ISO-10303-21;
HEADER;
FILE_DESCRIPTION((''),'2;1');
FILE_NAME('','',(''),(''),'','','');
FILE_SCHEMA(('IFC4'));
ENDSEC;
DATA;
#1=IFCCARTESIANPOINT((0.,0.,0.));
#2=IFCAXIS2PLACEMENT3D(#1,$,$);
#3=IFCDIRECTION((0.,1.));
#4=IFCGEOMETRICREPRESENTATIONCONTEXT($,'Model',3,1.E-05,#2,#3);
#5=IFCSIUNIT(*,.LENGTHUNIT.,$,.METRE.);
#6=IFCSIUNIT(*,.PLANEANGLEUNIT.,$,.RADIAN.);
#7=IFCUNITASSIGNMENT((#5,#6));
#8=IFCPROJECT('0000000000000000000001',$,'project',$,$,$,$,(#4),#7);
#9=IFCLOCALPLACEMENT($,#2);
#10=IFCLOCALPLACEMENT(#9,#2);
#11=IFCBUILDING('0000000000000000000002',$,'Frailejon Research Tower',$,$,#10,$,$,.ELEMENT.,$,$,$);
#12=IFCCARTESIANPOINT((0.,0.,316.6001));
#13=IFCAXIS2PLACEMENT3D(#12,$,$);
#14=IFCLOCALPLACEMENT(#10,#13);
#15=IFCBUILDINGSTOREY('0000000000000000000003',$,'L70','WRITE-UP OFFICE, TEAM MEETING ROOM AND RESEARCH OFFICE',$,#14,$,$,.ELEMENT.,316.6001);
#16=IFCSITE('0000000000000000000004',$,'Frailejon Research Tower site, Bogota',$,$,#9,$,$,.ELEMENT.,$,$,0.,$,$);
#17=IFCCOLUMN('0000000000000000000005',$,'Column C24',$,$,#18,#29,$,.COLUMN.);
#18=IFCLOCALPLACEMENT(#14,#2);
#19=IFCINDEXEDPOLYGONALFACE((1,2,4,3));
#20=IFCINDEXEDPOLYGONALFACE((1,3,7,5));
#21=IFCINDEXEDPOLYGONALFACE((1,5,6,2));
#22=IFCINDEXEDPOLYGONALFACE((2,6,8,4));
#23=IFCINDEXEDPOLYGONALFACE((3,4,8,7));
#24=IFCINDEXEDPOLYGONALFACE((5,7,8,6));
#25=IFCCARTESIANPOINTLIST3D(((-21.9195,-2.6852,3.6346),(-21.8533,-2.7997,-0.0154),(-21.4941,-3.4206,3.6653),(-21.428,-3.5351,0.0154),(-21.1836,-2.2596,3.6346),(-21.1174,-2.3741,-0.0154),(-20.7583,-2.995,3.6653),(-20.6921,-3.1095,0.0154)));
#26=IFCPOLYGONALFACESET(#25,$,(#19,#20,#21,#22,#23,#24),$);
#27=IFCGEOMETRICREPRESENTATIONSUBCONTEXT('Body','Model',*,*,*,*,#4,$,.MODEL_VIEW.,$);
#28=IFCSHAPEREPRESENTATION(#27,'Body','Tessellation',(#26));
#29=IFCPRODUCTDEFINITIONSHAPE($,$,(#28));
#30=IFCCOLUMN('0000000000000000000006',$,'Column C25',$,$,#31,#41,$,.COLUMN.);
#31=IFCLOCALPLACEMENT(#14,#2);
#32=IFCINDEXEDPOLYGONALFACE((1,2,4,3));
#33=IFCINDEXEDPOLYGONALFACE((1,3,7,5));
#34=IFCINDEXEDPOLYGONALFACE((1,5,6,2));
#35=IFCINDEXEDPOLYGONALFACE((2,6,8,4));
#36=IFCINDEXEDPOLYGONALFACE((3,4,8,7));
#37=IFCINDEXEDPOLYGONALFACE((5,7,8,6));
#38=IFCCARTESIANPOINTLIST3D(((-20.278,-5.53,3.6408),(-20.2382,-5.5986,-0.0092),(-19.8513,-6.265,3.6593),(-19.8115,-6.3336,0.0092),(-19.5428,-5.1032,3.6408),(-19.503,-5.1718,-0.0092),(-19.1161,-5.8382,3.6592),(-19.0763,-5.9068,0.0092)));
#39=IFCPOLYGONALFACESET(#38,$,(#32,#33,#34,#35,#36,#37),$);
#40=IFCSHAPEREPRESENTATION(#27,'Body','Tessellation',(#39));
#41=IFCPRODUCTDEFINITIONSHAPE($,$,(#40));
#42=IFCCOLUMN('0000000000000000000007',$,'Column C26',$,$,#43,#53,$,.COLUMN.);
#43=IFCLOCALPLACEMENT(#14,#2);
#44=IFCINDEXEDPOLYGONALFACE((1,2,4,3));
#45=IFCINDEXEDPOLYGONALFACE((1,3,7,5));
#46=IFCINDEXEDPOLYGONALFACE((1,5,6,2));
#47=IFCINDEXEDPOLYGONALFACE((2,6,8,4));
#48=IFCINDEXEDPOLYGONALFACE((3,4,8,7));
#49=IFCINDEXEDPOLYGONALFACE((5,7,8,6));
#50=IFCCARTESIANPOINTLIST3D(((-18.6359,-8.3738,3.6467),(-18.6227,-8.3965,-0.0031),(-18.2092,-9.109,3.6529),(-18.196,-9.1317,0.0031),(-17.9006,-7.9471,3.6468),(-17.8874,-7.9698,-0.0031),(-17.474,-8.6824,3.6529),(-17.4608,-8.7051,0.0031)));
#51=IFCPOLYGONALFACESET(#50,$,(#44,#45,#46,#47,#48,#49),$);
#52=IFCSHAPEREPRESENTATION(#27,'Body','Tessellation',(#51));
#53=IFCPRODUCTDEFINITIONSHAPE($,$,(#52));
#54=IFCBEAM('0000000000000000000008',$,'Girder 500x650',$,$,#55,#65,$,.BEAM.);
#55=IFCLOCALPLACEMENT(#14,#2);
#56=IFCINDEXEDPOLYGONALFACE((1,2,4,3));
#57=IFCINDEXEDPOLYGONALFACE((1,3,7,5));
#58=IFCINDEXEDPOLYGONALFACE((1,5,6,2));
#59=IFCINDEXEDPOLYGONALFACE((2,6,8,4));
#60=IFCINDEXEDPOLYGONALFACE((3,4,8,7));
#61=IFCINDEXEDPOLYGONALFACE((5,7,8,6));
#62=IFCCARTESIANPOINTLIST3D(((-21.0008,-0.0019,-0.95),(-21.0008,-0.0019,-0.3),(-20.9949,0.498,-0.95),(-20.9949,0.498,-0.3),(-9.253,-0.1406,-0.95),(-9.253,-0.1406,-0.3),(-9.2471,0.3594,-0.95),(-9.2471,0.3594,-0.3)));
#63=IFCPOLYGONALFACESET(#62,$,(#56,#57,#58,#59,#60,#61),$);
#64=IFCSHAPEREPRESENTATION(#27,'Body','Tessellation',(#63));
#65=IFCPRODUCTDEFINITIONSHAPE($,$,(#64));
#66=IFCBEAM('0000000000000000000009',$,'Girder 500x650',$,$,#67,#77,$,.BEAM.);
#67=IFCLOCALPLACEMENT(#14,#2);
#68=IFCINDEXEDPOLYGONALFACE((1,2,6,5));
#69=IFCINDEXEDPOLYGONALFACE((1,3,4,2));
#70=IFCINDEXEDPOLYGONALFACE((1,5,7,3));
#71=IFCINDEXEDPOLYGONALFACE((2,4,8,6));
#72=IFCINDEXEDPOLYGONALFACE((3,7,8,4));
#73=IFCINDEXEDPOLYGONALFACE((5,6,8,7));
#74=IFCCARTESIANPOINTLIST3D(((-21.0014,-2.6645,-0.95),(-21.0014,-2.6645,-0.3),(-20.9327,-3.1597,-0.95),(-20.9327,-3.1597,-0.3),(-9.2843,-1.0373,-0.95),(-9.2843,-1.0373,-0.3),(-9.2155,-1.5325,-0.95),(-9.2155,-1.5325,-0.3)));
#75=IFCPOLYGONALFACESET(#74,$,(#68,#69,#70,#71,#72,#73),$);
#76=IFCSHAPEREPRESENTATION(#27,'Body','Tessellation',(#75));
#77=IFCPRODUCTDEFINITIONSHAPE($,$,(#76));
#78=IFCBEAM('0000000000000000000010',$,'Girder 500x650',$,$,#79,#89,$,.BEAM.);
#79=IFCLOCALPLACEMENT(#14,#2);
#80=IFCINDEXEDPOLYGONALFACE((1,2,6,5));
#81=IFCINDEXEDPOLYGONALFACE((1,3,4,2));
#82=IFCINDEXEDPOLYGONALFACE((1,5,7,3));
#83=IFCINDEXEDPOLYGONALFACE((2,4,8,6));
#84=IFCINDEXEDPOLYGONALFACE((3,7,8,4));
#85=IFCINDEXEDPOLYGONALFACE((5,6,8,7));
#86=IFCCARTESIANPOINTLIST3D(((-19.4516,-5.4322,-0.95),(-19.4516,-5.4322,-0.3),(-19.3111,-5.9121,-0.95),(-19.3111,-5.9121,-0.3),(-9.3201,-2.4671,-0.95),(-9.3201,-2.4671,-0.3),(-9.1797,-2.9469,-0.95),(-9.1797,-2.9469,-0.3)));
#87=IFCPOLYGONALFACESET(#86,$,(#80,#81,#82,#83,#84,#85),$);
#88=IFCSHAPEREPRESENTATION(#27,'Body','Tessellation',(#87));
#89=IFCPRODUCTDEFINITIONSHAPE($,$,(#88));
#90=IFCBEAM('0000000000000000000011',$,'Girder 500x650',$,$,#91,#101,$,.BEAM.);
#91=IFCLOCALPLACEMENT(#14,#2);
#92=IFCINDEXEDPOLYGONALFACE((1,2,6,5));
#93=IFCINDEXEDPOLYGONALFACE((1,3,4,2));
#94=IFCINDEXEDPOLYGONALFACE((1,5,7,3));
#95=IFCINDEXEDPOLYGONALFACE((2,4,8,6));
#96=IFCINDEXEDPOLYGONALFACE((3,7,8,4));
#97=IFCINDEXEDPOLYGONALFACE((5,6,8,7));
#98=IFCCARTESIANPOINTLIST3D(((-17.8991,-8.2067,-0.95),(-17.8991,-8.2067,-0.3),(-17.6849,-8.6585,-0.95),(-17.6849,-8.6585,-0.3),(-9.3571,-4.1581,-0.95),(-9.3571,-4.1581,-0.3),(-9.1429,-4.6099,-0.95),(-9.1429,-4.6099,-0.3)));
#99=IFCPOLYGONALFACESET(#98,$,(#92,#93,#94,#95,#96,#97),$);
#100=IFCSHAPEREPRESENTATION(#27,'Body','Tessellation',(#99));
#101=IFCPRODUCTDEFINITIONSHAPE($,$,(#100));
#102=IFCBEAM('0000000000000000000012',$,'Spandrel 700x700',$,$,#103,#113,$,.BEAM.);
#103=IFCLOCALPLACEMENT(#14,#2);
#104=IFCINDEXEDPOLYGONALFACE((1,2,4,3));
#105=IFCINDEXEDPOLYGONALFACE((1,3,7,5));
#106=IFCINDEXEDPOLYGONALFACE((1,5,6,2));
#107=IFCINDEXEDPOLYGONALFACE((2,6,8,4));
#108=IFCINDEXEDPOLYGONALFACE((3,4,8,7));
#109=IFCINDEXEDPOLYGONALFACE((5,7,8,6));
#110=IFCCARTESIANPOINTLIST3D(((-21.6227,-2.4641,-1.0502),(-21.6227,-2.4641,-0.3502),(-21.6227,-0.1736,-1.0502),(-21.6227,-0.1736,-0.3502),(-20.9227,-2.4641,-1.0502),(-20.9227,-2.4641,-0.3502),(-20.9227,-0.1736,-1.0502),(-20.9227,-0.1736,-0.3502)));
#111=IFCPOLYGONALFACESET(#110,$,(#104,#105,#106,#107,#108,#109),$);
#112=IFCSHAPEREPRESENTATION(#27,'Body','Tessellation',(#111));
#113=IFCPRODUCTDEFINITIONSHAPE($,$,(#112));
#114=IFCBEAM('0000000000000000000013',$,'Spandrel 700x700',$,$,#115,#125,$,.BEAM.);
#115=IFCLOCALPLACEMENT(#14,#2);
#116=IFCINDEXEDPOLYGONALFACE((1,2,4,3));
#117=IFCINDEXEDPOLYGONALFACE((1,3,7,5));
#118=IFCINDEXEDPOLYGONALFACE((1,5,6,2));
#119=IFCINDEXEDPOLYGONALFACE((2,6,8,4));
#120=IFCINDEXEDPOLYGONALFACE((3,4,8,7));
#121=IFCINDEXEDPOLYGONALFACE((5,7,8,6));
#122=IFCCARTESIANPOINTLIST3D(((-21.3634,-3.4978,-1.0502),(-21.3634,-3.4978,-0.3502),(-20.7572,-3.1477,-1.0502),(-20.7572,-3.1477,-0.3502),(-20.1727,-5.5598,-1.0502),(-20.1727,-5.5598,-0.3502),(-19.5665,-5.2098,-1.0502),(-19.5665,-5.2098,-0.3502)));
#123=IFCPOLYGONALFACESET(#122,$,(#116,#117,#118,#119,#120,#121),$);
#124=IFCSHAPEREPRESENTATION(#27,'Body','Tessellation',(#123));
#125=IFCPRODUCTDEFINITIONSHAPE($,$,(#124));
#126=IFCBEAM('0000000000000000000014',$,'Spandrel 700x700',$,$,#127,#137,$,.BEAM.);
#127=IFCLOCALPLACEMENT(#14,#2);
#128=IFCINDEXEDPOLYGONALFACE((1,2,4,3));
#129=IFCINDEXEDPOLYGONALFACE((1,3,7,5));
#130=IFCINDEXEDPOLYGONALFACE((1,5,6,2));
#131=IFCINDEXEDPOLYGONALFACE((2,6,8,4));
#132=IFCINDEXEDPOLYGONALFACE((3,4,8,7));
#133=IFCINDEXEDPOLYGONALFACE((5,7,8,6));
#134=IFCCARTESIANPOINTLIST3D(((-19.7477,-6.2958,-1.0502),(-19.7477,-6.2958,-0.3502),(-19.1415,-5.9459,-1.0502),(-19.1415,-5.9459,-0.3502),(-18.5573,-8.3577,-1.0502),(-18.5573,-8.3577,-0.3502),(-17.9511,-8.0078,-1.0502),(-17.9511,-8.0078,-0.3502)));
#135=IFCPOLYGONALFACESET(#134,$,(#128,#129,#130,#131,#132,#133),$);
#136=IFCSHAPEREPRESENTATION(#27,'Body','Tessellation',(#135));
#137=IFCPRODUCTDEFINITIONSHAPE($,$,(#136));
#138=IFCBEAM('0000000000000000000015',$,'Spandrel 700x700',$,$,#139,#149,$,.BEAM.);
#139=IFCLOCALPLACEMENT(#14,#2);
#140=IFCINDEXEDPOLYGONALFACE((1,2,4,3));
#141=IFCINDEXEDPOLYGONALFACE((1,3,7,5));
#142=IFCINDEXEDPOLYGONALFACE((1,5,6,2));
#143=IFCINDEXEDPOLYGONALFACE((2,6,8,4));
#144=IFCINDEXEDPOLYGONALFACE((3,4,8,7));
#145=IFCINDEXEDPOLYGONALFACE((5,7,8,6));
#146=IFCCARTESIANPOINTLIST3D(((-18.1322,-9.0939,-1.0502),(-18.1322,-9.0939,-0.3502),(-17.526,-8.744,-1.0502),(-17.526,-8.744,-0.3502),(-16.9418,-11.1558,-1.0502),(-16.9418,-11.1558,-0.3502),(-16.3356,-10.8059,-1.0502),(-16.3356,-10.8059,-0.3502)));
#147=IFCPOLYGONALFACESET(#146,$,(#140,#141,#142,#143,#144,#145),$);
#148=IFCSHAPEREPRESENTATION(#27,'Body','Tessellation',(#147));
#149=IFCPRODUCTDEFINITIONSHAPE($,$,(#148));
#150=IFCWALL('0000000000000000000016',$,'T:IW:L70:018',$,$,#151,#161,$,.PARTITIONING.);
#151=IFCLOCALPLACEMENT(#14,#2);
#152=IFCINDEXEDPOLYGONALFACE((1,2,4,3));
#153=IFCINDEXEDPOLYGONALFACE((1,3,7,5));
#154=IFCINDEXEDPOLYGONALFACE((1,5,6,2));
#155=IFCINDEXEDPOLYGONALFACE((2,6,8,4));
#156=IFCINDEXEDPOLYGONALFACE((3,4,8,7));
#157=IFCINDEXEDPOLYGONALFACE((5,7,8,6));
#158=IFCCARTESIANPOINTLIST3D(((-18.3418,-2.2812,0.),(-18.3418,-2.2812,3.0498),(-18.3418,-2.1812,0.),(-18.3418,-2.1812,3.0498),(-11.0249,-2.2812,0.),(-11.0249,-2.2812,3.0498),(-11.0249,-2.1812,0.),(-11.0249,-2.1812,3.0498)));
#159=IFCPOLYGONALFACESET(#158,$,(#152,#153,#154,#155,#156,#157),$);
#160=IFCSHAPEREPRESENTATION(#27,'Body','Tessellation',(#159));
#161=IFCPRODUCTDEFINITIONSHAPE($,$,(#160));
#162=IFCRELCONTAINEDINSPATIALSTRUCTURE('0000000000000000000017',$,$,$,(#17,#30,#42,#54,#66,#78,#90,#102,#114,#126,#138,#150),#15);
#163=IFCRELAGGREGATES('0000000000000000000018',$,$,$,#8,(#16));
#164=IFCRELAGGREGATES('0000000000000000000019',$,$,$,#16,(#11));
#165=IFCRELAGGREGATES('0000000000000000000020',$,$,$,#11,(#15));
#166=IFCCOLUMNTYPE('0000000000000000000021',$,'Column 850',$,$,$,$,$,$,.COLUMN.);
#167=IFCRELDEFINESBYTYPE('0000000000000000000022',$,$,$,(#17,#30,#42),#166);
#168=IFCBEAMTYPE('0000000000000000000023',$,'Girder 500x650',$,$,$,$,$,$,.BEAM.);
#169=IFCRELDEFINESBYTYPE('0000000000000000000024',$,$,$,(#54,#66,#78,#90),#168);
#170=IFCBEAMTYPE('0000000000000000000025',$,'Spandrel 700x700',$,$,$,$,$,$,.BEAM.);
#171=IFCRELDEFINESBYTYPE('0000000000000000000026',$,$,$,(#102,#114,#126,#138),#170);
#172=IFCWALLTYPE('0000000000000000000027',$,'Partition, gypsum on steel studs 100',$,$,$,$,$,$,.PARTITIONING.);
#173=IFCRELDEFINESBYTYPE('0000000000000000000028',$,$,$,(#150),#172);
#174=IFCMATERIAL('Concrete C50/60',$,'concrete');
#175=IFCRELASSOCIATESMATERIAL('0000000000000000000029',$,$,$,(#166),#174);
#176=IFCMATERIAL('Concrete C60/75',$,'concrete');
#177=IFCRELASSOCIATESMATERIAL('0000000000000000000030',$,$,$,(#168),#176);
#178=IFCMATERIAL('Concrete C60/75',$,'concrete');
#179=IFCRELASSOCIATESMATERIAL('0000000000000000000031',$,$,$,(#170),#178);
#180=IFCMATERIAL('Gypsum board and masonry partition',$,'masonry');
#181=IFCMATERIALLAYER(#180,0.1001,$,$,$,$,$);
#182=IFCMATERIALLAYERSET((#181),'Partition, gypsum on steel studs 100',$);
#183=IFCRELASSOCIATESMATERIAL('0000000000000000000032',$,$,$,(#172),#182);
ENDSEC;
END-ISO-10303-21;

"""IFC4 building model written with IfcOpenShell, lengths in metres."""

from ifc_helpers import new_model, si_unit, direction, frame, frame_2d, origin, origin_2d, place, context, subcontext, project, spatial, rectangle, extrude, material, layer, layer_set, material_profile, profile_set, type_object, element, save


model = new_model("IFC4")

# Units and contexts
model_context = context("Model", 3, precision=1e-05, world=origin(), true_north=direction((0.0, 1.0)))
body_context = subcontext(model_context, "Body", "Model", "MODEL_VIEW")
ifc_project = project(units=[si_unit("LENGTHUNIT", "METRE"), si_unit("PLANEANGLEUNIT", "RADIAN")], contexts=[model_context])

# Site, building, storey
site_placement = place(None, origin())
site = spatial("IfcSite", under=ifc_project, at=site_placement, Name="Frailejon Research Tower site, Bogota", CompositionType="ELEMENT", RefElevation=0.0)
building_placement = place(site_placement, origin())
building = spatial("IfcBuilding", under=site, at=building_placement, Name="Frailejon Research Tower", CompositionType="ELEMENT")
storey_placement = place(building_placement, frame((0.0, 0.0, 316.6001)))
storey = spatial("IfcBuildingStorey", under=building, at=storey_placement, Name="L70", Description="WRITE-UP OFFICE, TEAM MEETING ROOM AND RESEARCH OFFICE", CompositionType="ELEMENT", Elevation=316.6001)

# Columns
ifc_material_1 = material(Name="Concrete C50/60", Category="concrete")
ifc_material_profile_1 = material_profile(ifc_material_1, rectangle(XDim=0.8501, YDim=0.8501, at=origin_2d()), Name="Column 850")
ifc_profile_set_1 = profile_set([ifc_material_profile_1], Name="Concrete C50/60")
column_type = type_object("IfcColumnType", Name="Column 850", PredefinedType="COLUMN", material=ifc_profile_set_1)
column_1_placement = place(storey_placement, frame((-21.2727, -2.9546, 0.0), z_axis=(-0.018115, 0.031351, 0.999344), x_axis=(0.500358, -0.865061, 0.036208)))
element("IfcColumn", 1, at=column_1_placement, inside=storey, type_object=column_type, Name="Column C24", PredefinedType="COLUMN", context=body_context, shape_type="SweptSolid", body=[
    extrude(rectangle(XDim=0.8501, YDim=0.8501, at=origin_2d()), origin(), (0.0, 0.0, 1.0), 3.6523),
])
column_2_placement = place(storey_placement, frame((-19.6572, -5.7527, 0.0), z_axis=(-0.0109, 0.018792, 0.999764), x_axis=(0.501924, -0.864639, 0.021724)))
element("IfcColumn", 2, at=column_2_placement, inside=storey, type_object=column_type, Name="Column C25", PredefinedType="COLUMN", context=body_context, shape_type="SweptSolid", body=[
    extrude(rectangle(XDim=0.8501, YDim=0.8501, at=origin_2d()), origin(), (0.0, 0.0, 1.0), 3.6509),
])
column_3_placement = place(storey_placement, frame((-18.0417, -8.5508, 0.0), z_axis=(-0.003612, 0.006221, 0.999974), x_axis=(0.501902, -0.864894, 0.007193)))
element("IfcColumn", 3, at=column_3_placement, inside=storey, type_object=column_type, Name="Column C26", PredefinedType="COLUMN", context=body_context, shape_type="SweptSolid", body=[
    extrude(rectangle(XDim=0.8501, YDim=0.8501, at=origin_2d()), origin(), (0.0, 0.0, 1.0), 3.6499),
])

# Beams
ifc_material_2 = material(Name="Concrete C60/75", Category="concrete")
ifc_material_profile_2 = material_profile(ifc_material_2, rectangle(XDim=0.5, YDim=0.6499, at=origin_2d()), Name="Girder 500x650")
ifc_profile_set_2 = profile_set([ifc_material_profile_2], Name="Concrete C60/75")
beam_type_1 = type_object("IfcBeamType", Name="Girder 500x650", PredefinedType="BEAM", material=ifc_profile_set_2)
beam_1_placement = place(storey_placement, frame((-20.9978, 0.248, -0.625), z_axis=(0.99993, -0.011803, 0.0), x_axis=(0.011803, 0.99993, 0.0)))
element("IfcBeam", 4, at=beam_1_placement, inside=storey, type_object=beam_type_1, Name="Girder 500x650", PredefinedType="BEAM", context=body_context, shape_type="SweptSolid", body=[
    extrude(rectangle(XDim=0.5, YDim=0.6499, at=origin_2d()), origin(), (0.0, 0.0, 1.0), 11.7485),
])
beam_2_placement = place(storey_placement, frame((-20.967, -2.9121, -0.625), z_axis=(0.990494, 0.137554, 0.0), x_axis=(-0.137554, 0.990494, 0.0)))
element("IfcBeam", 5, at=beam_2_placement, inside=storey, type_object=beam_type_1, Name="Girder 500x650", PredefinedType="BEAM", context=body_context, shape_type="SweptSolid", body=[
    extrude(rectangle(XDim=0.5, YDim=0.6499, at=origin_2d()), origin(), (0.0, 0.0, 1.0), 11.8296),
])
beam_3_placement = place(storey_placement, frame((-19.3813, -5.6721, -0.625), z_axis=(0.959742, 0.280883, 0.0), x_axis=(-0.280883, 0.959742, 0.0)))
element("IfcBeam", 6, at=beam_3_placement, inside=storey, type_object=beam_type_1, Name="Girder 500x650", PredefinedType="BEAM", context=body_context, shape_type="SweptSolid", body=[
    extrude(rectangle(XDim=0.5, YDim=0.6499, at=origin_2d()), origin(), (0.0, 0.0, 1.0), 10.5564),
])
beam_4_placement = place(storey_placement, frame((-17.792, -8.4326, -0.625), z_axis=(0.903641, 0.428292, 0.0), x_axis=(-0.428292, 0.903641, 0.0)))
element("IfcBeam", 7, at=beam_4_placement, inside=storey, type_object=beam_type_1, Name="Girder 500x650", PredefinedType="BEAM", context=body_context, shape_type="SweptSolid", body=[
    extrude(rectangle(XDim=0.5, YDim=0.6499, at=origin_2d()), origin(), (0.0, 0.0, 1.0), 9.4529),
])
ifc_material_3 = material(Name="Concrete C60/75", Category="concrete")
ifc_material_profile_3 = material_profile(ifc_material_3, rectangle(XDim=0.7, YDim=0.7, at=origin_2d()), Name="Spandrel 700x700")
ifc_profile_set_3 = profile_set([ifc_material_profile_3], Name="Concrete C60/75")
beam_type_2 = type_object("IfcBeamType", Name="Spandrel 700x700", PredefinedType="BEAM", material=ifc_profile_set_3)
beam_5_placement = place(storey_placement, frame((-21.2727, -0.1736, -0.7002), z_axis=(0.0, -1.0, 0.0), x_axis=(1.0, 0.0, 0.0)))
element("IfcBeam", 8, at=beam_5_placement, inside=storey, type_object=beam_type_2, Name="Spandrel 700x700", PredefinedType="BEAM", context=body_context, shape_type="SweptSolid", body=[
    extrude(rectangle(XDim=0.7, YDim=0.7, at=origin_2d()), origin(), (0.0, 0.0, 1.0), 2.2905),
])
beam_6_placement = place(storey_placement, frame((-21.0603, -3.3228, -0.7002), z_axis=(0.500054, -0.865994, 0.0), x_axis=(0.865994, 0.500054, 0.0)))
element("IfcBeam", 9, at=beam_6_placement, inside=storey, type_object=beam_type_2, Name="Spandrel 700x700", PredefinedType="BEAM", context=body_context, shape_type="SweptSolid", body=[
    extrude(rectangle(XDim=0.7, YDim=0.7, at=origin_2d()), origin(), (0.0, 0.0, 1.0), 2.3811),
])
for number, where, z_axis, x_axis, name in (
    (10, (-19.4446, -6.1208, -0.7002), (0.499977, -0.866039, 0.0), (0.866039, 0.499977, 0.0), "Spandrel 700x700"),
    (11, (-17.8291, -8.9189, -0.7002), (0.499977, -0.866039, 0.0), (0.866039, 0.499977, 0.0), "Spandrel 700x700"),
):
    element("IfcBeam", number, at=place(storey_placement, frame(where, z_axis=z_axis, x_axis=x_axis)), inside=storey, type_object=beam_type_2, Name=name, PredefinedType="BEAM", context=body_context, shape_type="SweptSolid", body=[
        extrude(rectangle(XDim=0.7, YDim=0.7, at=origin_2d()), origin(), (0.0, 0.0, 1.0), 2.3809),
    ])

# Wall
ifc_material_4 = material(Name="Gypsum board and masonry partition", Category="masonry")
ifc_layer_1 = layer(ifc_material_4, 0.1001)
ifc_layer_set_1 = layer_set([ifc_layer_1], Name="Partition, gypsum on steel studs 100")
wall_type_1 = type_object("IfcWallType", Name="Partition, gypsum on steel studs 100", PredefinedType="PARTITIONING", material=ifc_layer_set_1)
wall_1_placement = place(storey_placement, frame((-18.3418, -2.2312, 0.0), z_axis=(0.0, 0.0, 1.0), x_axis=(1.0, 0.0, 0.0)))
element("IfcWall", 12, at=wall_1_placement, inside=storey, type_object=wall_type_1, Name="T:IW:L70:018", PredefinedType="PARTITIONING", context=body_context, shape_type="SweptSolid", body=[
    extrude(rectangle(XDim=7.3169, YDim=0.1001, at=frame_2d((3.6584, 0.0))), origin(), (0.0, 0.0, 1.0), 3.0498),
])

save(model, "model.ifc")
